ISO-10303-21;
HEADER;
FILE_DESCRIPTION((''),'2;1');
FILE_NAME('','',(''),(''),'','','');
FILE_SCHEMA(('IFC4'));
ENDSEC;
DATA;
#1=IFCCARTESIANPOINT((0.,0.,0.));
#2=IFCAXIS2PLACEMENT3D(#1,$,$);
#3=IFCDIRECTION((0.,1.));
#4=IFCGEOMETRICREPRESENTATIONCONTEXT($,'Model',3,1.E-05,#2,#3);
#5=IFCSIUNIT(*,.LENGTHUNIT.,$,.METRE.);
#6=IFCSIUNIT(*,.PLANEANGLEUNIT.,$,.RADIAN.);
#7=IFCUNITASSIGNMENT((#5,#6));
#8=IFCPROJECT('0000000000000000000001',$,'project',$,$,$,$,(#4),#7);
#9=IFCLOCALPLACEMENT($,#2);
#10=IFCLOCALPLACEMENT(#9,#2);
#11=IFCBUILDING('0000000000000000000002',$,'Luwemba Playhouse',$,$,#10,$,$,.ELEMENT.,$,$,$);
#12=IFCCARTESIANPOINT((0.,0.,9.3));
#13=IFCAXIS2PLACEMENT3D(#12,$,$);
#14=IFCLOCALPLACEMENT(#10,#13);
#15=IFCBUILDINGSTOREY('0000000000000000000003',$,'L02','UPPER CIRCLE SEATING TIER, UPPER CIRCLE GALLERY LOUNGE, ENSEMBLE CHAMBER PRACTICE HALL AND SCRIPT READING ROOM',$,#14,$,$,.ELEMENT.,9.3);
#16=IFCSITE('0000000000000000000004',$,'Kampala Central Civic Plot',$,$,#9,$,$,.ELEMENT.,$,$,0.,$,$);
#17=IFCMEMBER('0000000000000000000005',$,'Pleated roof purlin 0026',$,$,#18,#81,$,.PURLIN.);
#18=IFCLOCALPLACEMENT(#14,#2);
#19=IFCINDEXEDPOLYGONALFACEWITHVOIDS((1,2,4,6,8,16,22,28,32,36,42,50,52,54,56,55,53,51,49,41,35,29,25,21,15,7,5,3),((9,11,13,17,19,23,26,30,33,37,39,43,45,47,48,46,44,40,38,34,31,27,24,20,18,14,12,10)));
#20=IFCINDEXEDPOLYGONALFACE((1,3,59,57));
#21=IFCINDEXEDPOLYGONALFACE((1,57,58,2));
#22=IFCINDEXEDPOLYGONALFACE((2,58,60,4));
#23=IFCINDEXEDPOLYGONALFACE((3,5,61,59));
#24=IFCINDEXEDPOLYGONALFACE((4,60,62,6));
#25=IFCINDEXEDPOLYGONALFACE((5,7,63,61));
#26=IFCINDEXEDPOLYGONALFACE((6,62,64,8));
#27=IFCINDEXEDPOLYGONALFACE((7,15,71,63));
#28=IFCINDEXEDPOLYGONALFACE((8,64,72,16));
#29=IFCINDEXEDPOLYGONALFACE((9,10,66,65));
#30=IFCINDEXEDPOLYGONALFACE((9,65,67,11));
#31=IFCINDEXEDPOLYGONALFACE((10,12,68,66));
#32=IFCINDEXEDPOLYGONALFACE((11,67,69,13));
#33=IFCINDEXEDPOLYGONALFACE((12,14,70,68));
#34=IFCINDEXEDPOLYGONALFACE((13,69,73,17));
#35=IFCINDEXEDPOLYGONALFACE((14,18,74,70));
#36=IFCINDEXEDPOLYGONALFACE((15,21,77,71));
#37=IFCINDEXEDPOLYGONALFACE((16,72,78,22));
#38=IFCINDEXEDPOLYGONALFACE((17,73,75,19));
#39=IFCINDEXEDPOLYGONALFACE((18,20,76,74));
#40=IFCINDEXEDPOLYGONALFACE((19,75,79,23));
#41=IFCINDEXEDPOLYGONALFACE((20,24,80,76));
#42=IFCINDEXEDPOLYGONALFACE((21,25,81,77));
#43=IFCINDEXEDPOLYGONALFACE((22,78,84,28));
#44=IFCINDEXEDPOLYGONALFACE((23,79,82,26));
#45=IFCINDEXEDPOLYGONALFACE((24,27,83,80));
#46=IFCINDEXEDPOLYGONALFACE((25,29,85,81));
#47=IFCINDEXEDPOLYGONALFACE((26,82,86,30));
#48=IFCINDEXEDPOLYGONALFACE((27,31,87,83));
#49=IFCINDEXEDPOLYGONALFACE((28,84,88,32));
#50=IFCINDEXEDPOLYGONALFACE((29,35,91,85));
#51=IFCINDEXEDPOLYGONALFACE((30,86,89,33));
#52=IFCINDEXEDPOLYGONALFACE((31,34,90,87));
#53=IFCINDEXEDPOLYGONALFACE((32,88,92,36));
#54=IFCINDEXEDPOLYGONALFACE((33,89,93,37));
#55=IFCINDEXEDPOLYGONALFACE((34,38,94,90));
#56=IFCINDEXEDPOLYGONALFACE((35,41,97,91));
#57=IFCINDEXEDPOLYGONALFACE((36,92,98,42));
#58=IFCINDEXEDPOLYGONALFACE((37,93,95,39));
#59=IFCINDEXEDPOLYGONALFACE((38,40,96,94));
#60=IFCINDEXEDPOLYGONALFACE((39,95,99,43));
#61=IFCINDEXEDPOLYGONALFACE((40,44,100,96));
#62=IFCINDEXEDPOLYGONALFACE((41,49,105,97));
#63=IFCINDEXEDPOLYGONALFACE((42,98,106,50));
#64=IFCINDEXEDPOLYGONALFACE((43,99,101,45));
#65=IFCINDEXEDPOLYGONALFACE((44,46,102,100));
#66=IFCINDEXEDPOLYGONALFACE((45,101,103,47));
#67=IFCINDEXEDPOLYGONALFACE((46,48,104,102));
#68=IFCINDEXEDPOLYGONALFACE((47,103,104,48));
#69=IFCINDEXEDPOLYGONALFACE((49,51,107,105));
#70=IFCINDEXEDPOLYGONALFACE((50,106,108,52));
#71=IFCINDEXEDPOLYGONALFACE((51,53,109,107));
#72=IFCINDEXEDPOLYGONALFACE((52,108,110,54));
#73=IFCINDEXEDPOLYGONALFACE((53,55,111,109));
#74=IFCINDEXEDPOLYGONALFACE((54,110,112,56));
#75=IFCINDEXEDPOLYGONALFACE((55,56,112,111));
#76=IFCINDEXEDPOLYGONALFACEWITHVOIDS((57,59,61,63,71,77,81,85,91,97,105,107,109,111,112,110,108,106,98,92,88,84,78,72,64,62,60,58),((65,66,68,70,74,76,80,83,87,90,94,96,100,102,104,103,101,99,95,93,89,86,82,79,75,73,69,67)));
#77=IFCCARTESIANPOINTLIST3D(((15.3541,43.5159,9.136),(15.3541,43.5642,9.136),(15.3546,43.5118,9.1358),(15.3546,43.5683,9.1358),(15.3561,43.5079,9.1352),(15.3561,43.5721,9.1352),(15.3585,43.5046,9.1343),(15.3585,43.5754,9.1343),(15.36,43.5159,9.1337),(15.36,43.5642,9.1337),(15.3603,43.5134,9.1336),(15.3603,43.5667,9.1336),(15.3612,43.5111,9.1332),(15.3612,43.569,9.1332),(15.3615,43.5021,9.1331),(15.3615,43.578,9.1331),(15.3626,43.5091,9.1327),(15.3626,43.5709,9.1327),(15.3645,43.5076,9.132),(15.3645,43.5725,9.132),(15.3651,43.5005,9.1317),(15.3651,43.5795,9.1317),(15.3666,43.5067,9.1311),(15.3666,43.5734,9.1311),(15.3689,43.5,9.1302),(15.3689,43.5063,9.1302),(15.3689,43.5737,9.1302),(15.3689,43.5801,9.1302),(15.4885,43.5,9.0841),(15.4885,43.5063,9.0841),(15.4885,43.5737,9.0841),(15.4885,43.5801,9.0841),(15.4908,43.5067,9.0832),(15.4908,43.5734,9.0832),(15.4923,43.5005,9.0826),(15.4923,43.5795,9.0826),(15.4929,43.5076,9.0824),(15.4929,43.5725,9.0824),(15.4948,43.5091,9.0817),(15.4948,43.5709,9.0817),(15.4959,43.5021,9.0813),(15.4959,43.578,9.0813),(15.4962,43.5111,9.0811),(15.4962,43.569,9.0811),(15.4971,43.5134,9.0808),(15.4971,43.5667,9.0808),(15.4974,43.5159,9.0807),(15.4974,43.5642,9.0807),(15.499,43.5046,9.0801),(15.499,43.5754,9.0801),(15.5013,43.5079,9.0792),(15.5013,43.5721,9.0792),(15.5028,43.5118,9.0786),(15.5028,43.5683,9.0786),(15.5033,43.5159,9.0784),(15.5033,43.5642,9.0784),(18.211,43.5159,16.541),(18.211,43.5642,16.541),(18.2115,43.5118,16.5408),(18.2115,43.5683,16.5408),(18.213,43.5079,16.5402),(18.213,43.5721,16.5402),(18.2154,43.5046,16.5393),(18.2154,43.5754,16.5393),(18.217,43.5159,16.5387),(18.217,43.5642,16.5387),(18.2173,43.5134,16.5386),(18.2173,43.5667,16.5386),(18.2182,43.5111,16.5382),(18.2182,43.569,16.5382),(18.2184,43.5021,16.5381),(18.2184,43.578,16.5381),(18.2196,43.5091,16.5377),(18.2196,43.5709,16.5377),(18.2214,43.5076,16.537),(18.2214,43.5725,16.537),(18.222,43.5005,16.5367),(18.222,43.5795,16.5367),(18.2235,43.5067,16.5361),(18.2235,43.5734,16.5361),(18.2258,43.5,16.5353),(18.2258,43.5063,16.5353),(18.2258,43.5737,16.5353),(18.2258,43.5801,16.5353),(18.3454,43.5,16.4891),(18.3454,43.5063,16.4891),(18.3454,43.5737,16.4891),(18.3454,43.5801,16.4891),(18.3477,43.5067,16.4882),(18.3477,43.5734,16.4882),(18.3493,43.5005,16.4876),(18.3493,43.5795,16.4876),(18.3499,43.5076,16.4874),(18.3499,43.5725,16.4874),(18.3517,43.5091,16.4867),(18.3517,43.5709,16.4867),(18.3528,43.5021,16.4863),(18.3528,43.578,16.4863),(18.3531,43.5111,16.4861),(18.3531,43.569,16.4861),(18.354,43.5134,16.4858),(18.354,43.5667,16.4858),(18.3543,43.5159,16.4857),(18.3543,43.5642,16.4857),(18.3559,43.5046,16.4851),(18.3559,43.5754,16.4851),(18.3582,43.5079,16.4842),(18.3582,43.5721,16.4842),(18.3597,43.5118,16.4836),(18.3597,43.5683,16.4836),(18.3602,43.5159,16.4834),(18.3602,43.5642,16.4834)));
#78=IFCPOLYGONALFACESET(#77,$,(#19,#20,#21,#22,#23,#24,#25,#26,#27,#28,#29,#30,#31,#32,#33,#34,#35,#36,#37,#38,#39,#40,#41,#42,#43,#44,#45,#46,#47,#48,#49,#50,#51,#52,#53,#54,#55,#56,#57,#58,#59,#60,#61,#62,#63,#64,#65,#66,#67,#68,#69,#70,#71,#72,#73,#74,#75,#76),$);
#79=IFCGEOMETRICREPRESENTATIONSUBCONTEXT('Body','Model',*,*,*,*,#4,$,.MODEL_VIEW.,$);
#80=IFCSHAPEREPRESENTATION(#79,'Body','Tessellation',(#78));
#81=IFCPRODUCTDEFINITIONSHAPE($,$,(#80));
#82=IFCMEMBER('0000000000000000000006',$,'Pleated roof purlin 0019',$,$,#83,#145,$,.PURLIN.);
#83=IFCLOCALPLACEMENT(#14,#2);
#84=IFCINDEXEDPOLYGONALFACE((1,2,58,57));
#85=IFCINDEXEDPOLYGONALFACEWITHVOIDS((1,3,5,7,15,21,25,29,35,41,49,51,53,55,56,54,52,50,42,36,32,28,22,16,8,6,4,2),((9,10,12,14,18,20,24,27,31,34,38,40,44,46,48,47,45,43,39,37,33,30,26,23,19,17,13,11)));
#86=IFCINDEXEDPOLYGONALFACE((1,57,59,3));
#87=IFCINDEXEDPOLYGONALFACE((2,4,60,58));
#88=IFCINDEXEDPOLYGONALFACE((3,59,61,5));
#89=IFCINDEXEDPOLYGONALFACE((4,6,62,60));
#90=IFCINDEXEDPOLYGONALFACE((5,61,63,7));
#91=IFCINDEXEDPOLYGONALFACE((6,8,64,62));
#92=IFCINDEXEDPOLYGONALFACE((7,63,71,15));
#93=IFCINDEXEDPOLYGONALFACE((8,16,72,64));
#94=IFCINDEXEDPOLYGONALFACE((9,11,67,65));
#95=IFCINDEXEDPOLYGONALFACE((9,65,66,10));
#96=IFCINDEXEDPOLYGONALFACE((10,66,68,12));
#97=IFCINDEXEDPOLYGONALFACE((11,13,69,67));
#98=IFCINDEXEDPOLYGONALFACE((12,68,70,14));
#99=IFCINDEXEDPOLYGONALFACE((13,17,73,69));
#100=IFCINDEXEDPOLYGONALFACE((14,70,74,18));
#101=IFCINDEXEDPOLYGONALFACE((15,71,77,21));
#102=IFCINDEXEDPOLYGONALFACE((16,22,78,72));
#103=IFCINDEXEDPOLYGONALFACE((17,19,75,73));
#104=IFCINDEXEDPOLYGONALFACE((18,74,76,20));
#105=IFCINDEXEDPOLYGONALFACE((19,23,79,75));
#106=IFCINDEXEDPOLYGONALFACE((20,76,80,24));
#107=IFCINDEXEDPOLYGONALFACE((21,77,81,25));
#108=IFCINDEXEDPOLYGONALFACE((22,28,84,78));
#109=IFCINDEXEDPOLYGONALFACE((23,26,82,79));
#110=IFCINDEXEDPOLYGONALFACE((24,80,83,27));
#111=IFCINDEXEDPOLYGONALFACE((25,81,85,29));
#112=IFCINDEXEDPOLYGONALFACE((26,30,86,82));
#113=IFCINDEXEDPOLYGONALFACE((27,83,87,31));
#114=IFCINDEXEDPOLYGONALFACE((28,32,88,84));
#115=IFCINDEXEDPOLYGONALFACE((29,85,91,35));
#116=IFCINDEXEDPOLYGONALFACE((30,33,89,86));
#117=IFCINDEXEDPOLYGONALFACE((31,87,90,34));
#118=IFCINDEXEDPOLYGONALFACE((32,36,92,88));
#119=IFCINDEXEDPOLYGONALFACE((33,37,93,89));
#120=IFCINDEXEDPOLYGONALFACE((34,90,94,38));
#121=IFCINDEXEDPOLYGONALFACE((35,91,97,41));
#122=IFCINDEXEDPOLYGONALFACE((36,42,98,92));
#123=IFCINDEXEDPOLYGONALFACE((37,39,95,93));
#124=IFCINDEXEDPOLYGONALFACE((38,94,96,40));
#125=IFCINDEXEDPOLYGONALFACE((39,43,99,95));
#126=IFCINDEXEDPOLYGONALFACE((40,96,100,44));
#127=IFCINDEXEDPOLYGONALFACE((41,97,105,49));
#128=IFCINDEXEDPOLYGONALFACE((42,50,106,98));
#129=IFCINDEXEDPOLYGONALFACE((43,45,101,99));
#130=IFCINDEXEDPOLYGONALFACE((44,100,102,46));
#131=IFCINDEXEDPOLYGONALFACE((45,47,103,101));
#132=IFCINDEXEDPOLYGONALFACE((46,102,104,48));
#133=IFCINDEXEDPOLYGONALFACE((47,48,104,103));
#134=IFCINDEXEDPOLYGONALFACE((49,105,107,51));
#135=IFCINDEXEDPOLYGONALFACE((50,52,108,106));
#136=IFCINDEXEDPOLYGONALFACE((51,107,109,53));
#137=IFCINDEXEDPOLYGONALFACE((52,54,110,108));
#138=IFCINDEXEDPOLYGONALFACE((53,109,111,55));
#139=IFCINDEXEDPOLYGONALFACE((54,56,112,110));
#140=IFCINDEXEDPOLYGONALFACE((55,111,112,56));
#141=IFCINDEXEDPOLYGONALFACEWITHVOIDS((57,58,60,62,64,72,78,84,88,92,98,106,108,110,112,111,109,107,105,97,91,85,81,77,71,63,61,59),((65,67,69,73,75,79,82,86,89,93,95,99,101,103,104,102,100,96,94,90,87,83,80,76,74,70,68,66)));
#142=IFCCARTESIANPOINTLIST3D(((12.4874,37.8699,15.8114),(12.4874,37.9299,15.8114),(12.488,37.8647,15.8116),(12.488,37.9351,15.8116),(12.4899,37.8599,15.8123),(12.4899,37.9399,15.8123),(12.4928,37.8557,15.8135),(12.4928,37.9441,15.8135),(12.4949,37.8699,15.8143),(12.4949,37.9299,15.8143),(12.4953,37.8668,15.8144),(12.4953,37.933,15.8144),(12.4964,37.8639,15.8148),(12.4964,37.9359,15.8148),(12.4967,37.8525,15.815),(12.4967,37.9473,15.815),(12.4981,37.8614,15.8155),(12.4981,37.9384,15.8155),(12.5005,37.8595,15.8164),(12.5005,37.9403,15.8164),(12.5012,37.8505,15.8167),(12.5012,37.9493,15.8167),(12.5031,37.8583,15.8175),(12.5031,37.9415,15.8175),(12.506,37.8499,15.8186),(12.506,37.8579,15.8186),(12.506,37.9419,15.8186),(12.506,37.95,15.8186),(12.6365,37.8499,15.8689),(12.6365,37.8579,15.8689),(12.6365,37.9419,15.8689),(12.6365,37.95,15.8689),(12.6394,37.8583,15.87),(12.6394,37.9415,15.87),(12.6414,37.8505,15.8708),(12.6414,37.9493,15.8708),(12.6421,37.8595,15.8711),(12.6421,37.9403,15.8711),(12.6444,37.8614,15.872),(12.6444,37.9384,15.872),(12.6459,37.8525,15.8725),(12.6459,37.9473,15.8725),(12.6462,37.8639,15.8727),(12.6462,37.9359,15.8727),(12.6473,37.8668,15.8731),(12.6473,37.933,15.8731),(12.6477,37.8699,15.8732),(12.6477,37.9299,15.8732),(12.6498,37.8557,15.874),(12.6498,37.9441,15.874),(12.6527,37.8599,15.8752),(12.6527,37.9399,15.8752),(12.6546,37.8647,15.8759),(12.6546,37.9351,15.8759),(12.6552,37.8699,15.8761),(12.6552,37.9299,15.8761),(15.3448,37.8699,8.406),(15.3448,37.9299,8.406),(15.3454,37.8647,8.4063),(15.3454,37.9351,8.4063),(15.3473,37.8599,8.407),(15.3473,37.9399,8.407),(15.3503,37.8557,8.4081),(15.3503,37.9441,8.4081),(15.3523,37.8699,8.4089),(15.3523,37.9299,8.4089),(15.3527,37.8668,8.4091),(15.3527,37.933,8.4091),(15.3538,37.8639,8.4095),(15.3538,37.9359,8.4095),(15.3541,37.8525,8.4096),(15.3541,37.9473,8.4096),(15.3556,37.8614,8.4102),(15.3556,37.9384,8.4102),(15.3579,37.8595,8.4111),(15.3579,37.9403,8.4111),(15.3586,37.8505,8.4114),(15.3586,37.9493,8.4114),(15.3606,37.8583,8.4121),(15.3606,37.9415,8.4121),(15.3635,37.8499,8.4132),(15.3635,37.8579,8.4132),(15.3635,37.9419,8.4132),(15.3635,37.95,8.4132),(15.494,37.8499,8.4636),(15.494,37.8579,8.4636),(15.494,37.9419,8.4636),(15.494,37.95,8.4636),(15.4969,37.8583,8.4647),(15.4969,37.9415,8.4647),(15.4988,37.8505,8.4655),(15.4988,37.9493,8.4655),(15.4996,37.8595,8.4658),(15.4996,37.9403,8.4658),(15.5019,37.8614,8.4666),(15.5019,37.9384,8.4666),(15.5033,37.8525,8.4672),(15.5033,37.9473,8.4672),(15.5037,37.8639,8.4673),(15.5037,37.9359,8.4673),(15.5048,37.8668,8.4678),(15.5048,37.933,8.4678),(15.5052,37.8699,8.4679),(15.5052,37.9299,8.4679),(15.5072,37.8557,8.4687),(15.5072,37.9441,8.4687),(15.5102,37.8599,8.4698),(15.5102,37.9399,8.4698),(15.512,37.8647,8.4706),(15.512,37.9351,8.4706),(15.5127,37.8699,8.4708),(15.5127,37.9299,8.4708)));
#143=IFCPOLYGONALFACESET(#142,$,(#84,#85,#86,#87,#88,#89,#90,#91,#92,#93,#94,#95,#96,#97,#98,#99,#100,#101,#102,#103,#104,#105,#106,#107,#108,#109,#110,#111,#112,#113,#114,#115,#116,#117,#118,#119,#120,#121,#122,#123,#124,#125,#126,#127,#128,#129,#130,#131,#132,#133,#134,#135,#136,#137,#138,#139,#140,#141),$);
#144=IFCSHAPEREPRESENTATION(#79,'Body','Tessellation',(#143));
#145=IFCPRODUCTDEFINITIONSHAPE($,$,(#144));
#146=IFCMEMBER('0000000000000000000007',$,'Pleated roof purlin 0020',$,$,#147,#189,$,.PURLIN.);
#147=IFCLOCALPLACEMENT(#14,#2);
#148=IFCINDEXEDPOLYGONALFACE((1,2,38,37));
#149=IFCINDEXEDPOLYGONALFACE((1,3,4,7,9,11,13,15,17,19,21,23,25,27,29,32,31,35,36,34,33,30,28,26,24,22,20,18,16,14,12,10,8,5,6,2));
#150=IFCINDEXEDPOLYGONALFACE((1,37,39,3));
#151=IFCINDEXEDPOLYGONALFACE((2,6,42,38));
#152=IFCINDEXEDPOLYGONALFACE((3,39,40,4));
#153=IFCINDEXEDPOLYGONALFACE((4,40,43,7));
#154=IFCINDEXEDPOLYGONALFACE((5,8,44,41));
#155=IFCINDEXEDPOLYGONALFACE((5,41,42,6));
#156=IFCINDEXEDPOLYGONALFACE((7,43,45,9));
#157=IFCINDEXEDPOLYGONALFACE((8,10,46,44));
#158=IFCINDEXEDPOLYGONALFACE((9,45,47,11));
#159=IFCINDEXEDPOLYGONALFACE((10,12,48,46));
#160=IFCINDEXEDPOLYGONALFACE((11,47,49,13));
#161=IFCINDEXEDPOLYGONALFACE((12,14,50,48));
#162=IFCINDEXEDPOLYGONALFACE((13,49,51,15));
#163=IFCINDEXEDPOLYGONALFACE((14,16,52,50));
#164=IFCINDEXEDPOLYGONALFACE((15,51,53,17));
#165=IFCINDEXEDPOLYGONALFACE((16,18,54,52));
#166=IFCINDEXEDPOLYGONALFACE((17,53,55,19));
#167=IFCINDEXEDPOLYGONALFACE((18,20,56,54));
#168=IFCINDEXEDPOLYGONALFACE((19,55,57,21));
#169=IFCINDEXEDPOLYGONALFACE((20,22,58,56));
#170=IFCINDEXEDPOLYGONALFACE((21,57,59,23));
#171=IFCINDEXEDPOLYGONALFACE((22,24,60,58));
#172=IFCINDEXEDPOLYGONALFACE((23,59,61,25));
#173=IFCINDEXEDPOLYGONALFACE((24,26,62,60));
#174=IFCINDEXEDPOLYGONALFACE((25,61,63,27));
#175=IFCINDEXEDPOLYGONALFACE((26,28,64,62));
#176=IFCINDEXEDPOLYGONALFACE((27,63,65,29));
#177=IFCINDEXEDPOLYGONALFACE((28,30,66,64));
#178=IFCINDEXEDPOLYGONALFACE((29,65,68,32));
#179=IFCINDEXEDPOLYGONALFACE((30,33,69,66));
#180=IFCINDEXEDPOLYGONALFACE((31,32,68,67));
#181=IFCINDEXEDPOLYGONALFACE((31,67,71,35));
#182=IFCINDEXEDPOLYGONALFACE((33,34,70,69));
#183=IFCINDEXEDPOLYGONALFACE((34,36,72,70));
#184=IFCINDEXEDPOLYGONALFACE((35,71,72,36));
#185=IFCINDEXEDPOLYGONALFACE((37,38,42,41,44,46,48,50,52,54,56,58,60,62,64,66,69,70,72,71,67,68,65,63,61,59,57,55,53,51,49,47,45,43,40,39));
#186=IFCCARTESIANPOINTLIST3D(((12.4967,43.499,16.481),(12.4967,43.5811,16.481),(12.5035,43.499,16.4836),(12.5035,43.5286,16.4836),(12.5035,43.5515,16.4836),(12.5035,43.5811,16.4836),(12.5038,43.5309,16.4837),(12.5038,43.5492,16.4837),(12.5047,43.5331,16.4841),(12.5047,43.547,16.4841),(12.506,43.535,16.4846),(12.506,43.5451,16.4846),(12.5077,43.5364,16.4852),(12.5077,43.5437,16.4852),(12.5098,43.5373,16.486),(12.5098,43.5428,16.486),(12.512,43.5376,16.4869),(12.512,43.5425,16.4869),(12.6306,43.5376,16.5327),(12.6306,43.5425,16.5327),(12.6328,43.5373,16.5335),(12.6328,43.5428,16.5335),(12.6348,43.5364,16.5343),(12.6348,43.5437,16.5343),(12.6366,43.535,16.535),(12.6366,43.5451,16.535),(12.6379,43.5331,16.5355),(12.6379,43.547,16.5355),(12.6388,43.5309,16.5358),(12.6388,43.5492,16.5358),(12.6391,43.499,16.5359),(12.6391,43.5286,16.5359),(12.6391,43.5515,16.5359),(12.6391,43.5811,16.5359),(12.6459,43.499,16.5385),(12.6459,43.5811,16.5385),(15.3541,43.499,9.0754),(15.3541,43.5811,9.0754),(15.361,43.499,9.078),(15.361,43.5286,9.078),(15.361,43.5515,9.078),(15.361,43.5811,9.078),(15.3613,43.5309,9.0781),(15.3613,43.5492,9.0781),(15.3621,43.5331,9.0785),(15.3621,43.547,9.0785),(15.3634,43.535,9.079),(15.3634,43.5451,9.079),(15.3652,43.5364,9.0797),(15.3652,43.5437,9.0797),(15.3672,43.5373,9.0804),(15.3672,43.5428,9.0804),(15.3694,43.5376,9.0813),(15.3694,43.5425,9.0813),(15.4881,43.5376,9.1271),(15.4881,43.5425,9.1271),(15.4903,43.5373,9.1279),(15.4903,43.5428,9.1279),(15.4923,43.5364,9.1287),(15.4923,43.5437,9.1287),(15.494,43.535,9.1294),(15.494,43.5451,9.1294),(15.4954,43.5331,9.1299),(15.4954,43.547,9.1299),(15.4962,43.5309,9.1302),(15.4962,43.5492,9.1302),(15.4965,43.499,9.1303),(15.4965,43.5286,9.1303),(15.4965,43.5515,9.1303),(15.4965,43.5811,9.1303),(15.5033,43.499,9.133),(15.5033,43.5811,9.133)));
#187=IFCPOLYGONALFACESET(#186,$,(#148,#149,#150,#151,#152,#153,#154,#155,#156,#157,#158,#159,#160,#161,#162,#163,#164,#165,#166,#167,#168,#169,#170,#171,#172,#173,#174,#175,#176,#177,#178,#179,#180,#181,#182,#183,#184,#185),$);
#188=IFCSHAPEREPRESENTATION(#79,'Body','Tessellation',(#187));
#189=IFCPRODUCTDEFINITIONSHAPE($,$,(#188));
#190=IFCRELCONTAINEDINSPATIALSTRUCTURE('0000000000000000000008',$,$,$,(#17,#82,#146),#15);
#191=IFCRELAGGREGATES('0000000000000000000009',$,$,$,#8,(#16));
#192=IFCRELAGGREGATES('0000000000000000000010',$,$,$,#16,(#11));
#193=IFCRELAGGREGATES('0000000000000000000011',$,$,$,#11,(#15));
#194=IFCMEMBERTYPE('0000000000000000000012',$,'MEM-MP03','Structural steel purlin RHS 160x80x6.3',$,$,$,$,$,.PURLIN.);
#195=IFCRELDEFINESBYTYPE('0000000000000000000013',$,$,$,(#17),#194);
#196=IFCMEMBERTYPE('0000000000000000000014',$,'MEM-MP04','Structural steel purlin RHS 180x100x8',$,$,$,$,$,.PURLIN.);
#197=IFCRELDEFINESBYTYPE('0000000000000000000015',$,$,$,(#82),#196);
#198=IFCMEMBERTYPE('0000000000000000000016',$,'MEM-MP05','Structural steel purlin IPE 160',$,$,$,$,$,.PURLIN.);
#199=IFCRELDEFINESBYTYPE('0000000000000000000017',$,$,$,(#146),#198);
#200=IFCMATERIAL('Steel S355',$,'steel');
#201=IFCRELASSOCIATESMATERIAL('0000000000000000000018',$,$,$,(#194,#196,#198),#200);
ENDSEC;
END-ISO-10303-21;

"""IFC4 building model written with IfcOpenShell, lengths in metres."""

from ifc_helpers import new_model, si_unit, direction, frame, origin, origin_2d, place, context, subcontext, project, spatial, hollow_rectangle, i_section, extrude, material, material_profile, profile_set, type_object, element, save


model = new_model("IFC4")

# Units and contexts
model_context = context("Model", 3, precision=1e-05, world=origin(), true_north=direction((0.0, 1.0)))
body_context = subcontext(model_context, "Body", "Model", "MODEL_VIEW")
ifc_project = project(units=[si_unit("LENGTHUNIT", "METRE"), si_unit("PLANEANGLEUNIT", "RADIAN")], contexts=[model_context])

# Site, building, storey
site_placement = place(None, origin())
site = spatial("IfcSite", under=ifc_project, at=site_placement, Name="Kampala Central Civic Plot", CompositionType="ELEMENT", RefElevation=0.0)
building_placement = place(site_placement, origin())
building = spatial("IfcBuilding", under=site, at=building_placement, Name="Luwemba Playhouse", CompositionType="ELEMENT")
storey_placement = place(building_placement, frame((0.0, 0.0, 9.3)))
storey = spatial("IfcBuildingStorey", under=building, at=storey_placement, Name="L02", Description="UPPER CIRCLE SEATING TIER, UPPER CIRCLE GALLERY LOUNGE, ENSEMBLE CHAMBER PRACTICE HALL AND SCRIPT READING ROOM", CompositionType="ELEMENT", Elevation=9.3)

# Shared definitions
ifc_material_1 = material(Name="Steel S355", Category="steel")

# Members
ifc_material_profile_1 = material_profile(ifc_material_1, hollow_rectangle(XDim=0.0801, YDim=0.1599, WallThickness=0.0063, InnerFilletRadius=0.0095, OuterFilletRadius=0.0159, at=origin_2d()))
ifc_profile_set_1 = profile_set([ifc_material_profile_1], Name="Steel S355")
member_type_1 = type_object("IfcMemberType", Name="MEM-MP03", Description="Structural steel purlin RHS 160x80x6.3", PredefinedType="PURLIN", material=ifc_profile_set_1)
member_1_placement = place(storey_placement, frame((15.4287, 43.54, 9.1072), z_axis=(0.35995, 0.0, 0.932972), x_axis=(0.0, 1.0, 0.0)))
element("IfcMember", 1, at=member_1_placement, inside=storey, type_object=member_type_1, Name="Pleated roof purlin 0026", PredefinedType="PURLIN", context=body_context, shape_type="SweptSolid", body=[
    extrude(hollow_rectangle(XDim=0.0801, YDim=0.1599, WallThickness=0.0063, InnerFilletRadius=0.0095, OuterFilletRadius=0.0159, at=origin_2d()), origin(), (0.0, 0.0, 1.0), 7.937),
])
ifc_material_profile_2 = material_profile(ifc_material_1, hollow_rectangle(XDim=0.1001, YDim=0.1799, WallThickness=0.0081, InnerFilletRadius=0.012, OuterFilletRadius=0.02, at=origin_2d()))
ifc_profile_set_2 = profile_set([ifc_material_profile_2], Name="Steel S355")
member_type_2 = type_object("IfcMemberType", Name="MEM-MP04", Description="Structural steel purlin RHS 180x100x8", PredefinedType="PURLIN", material=ifc_profile_set_2)
member_2_placement = place(storey_placement, frame((12.5713, 37.8999, 15.8438), z_axis=(0.359993, 0.0, -0.932955), x_axis=(0.0, 1.0, 0.0)))
element("IfcMember", 2, at=member_2_placement, inside=storey, type_object=member_type_2, Name="Pleated roof purlin 0019", PredefinedType="PURLIN", context=body_context, shape_type="SweptSolid", body=[
    extrude(hollow_rectangle(XDim=0.1001, YDim=0.1799, WallThickness=0.0081, InnerFilletRadius=0.012, OuterFilletRadius=0.02, at=origin_2d()), origin(), (0.0, 0.0, 1.0), 7.9375),
])
ifc_material_profile_3 = material_profile(ifc_material_1, i_section(OverallWidth=0.082, OverallDepth=0.1599, WebThickness=0.0049, FlangeThickness=0.0073, FilletRadius=0.009, at=origin_2d()))
ifc_profile_set_3 = profile_set([ifc_material_profile_3], Name="Steel S355")
member_type_3 = type_object("IfcMemberType", Name="MEM-MP05", Description="Structural steel purlin IPE 160", PredefinedType="PURLIN", material=ifc_profile_set_3)
member_3_placement = place(storey_placement, frame((12.5713, 43.54, 16.5098), z_axis=(0.359983, 0.0, -0.932959), x_axis=(0.0, 1.0, 0.0)))
element("IfcMember", 3, at=member_3_placement, inside=storey, type_object=member_type_3, Name="Pleated roof purlin 0020", PredefinedType="PURLIN", context=body_context, shape_type="SweptSolid", body=[
    extrude(i_section(OverallWidth=0.082, OverallDepth=0.1599, WebThickness=0.0049, FlangeThickness=0.0073, FilletRadius=0.009, at=origin_2d()), origin(), (0.0, 0.0, 1.0), 7.9377),
])

save(model, "model.ifc")
